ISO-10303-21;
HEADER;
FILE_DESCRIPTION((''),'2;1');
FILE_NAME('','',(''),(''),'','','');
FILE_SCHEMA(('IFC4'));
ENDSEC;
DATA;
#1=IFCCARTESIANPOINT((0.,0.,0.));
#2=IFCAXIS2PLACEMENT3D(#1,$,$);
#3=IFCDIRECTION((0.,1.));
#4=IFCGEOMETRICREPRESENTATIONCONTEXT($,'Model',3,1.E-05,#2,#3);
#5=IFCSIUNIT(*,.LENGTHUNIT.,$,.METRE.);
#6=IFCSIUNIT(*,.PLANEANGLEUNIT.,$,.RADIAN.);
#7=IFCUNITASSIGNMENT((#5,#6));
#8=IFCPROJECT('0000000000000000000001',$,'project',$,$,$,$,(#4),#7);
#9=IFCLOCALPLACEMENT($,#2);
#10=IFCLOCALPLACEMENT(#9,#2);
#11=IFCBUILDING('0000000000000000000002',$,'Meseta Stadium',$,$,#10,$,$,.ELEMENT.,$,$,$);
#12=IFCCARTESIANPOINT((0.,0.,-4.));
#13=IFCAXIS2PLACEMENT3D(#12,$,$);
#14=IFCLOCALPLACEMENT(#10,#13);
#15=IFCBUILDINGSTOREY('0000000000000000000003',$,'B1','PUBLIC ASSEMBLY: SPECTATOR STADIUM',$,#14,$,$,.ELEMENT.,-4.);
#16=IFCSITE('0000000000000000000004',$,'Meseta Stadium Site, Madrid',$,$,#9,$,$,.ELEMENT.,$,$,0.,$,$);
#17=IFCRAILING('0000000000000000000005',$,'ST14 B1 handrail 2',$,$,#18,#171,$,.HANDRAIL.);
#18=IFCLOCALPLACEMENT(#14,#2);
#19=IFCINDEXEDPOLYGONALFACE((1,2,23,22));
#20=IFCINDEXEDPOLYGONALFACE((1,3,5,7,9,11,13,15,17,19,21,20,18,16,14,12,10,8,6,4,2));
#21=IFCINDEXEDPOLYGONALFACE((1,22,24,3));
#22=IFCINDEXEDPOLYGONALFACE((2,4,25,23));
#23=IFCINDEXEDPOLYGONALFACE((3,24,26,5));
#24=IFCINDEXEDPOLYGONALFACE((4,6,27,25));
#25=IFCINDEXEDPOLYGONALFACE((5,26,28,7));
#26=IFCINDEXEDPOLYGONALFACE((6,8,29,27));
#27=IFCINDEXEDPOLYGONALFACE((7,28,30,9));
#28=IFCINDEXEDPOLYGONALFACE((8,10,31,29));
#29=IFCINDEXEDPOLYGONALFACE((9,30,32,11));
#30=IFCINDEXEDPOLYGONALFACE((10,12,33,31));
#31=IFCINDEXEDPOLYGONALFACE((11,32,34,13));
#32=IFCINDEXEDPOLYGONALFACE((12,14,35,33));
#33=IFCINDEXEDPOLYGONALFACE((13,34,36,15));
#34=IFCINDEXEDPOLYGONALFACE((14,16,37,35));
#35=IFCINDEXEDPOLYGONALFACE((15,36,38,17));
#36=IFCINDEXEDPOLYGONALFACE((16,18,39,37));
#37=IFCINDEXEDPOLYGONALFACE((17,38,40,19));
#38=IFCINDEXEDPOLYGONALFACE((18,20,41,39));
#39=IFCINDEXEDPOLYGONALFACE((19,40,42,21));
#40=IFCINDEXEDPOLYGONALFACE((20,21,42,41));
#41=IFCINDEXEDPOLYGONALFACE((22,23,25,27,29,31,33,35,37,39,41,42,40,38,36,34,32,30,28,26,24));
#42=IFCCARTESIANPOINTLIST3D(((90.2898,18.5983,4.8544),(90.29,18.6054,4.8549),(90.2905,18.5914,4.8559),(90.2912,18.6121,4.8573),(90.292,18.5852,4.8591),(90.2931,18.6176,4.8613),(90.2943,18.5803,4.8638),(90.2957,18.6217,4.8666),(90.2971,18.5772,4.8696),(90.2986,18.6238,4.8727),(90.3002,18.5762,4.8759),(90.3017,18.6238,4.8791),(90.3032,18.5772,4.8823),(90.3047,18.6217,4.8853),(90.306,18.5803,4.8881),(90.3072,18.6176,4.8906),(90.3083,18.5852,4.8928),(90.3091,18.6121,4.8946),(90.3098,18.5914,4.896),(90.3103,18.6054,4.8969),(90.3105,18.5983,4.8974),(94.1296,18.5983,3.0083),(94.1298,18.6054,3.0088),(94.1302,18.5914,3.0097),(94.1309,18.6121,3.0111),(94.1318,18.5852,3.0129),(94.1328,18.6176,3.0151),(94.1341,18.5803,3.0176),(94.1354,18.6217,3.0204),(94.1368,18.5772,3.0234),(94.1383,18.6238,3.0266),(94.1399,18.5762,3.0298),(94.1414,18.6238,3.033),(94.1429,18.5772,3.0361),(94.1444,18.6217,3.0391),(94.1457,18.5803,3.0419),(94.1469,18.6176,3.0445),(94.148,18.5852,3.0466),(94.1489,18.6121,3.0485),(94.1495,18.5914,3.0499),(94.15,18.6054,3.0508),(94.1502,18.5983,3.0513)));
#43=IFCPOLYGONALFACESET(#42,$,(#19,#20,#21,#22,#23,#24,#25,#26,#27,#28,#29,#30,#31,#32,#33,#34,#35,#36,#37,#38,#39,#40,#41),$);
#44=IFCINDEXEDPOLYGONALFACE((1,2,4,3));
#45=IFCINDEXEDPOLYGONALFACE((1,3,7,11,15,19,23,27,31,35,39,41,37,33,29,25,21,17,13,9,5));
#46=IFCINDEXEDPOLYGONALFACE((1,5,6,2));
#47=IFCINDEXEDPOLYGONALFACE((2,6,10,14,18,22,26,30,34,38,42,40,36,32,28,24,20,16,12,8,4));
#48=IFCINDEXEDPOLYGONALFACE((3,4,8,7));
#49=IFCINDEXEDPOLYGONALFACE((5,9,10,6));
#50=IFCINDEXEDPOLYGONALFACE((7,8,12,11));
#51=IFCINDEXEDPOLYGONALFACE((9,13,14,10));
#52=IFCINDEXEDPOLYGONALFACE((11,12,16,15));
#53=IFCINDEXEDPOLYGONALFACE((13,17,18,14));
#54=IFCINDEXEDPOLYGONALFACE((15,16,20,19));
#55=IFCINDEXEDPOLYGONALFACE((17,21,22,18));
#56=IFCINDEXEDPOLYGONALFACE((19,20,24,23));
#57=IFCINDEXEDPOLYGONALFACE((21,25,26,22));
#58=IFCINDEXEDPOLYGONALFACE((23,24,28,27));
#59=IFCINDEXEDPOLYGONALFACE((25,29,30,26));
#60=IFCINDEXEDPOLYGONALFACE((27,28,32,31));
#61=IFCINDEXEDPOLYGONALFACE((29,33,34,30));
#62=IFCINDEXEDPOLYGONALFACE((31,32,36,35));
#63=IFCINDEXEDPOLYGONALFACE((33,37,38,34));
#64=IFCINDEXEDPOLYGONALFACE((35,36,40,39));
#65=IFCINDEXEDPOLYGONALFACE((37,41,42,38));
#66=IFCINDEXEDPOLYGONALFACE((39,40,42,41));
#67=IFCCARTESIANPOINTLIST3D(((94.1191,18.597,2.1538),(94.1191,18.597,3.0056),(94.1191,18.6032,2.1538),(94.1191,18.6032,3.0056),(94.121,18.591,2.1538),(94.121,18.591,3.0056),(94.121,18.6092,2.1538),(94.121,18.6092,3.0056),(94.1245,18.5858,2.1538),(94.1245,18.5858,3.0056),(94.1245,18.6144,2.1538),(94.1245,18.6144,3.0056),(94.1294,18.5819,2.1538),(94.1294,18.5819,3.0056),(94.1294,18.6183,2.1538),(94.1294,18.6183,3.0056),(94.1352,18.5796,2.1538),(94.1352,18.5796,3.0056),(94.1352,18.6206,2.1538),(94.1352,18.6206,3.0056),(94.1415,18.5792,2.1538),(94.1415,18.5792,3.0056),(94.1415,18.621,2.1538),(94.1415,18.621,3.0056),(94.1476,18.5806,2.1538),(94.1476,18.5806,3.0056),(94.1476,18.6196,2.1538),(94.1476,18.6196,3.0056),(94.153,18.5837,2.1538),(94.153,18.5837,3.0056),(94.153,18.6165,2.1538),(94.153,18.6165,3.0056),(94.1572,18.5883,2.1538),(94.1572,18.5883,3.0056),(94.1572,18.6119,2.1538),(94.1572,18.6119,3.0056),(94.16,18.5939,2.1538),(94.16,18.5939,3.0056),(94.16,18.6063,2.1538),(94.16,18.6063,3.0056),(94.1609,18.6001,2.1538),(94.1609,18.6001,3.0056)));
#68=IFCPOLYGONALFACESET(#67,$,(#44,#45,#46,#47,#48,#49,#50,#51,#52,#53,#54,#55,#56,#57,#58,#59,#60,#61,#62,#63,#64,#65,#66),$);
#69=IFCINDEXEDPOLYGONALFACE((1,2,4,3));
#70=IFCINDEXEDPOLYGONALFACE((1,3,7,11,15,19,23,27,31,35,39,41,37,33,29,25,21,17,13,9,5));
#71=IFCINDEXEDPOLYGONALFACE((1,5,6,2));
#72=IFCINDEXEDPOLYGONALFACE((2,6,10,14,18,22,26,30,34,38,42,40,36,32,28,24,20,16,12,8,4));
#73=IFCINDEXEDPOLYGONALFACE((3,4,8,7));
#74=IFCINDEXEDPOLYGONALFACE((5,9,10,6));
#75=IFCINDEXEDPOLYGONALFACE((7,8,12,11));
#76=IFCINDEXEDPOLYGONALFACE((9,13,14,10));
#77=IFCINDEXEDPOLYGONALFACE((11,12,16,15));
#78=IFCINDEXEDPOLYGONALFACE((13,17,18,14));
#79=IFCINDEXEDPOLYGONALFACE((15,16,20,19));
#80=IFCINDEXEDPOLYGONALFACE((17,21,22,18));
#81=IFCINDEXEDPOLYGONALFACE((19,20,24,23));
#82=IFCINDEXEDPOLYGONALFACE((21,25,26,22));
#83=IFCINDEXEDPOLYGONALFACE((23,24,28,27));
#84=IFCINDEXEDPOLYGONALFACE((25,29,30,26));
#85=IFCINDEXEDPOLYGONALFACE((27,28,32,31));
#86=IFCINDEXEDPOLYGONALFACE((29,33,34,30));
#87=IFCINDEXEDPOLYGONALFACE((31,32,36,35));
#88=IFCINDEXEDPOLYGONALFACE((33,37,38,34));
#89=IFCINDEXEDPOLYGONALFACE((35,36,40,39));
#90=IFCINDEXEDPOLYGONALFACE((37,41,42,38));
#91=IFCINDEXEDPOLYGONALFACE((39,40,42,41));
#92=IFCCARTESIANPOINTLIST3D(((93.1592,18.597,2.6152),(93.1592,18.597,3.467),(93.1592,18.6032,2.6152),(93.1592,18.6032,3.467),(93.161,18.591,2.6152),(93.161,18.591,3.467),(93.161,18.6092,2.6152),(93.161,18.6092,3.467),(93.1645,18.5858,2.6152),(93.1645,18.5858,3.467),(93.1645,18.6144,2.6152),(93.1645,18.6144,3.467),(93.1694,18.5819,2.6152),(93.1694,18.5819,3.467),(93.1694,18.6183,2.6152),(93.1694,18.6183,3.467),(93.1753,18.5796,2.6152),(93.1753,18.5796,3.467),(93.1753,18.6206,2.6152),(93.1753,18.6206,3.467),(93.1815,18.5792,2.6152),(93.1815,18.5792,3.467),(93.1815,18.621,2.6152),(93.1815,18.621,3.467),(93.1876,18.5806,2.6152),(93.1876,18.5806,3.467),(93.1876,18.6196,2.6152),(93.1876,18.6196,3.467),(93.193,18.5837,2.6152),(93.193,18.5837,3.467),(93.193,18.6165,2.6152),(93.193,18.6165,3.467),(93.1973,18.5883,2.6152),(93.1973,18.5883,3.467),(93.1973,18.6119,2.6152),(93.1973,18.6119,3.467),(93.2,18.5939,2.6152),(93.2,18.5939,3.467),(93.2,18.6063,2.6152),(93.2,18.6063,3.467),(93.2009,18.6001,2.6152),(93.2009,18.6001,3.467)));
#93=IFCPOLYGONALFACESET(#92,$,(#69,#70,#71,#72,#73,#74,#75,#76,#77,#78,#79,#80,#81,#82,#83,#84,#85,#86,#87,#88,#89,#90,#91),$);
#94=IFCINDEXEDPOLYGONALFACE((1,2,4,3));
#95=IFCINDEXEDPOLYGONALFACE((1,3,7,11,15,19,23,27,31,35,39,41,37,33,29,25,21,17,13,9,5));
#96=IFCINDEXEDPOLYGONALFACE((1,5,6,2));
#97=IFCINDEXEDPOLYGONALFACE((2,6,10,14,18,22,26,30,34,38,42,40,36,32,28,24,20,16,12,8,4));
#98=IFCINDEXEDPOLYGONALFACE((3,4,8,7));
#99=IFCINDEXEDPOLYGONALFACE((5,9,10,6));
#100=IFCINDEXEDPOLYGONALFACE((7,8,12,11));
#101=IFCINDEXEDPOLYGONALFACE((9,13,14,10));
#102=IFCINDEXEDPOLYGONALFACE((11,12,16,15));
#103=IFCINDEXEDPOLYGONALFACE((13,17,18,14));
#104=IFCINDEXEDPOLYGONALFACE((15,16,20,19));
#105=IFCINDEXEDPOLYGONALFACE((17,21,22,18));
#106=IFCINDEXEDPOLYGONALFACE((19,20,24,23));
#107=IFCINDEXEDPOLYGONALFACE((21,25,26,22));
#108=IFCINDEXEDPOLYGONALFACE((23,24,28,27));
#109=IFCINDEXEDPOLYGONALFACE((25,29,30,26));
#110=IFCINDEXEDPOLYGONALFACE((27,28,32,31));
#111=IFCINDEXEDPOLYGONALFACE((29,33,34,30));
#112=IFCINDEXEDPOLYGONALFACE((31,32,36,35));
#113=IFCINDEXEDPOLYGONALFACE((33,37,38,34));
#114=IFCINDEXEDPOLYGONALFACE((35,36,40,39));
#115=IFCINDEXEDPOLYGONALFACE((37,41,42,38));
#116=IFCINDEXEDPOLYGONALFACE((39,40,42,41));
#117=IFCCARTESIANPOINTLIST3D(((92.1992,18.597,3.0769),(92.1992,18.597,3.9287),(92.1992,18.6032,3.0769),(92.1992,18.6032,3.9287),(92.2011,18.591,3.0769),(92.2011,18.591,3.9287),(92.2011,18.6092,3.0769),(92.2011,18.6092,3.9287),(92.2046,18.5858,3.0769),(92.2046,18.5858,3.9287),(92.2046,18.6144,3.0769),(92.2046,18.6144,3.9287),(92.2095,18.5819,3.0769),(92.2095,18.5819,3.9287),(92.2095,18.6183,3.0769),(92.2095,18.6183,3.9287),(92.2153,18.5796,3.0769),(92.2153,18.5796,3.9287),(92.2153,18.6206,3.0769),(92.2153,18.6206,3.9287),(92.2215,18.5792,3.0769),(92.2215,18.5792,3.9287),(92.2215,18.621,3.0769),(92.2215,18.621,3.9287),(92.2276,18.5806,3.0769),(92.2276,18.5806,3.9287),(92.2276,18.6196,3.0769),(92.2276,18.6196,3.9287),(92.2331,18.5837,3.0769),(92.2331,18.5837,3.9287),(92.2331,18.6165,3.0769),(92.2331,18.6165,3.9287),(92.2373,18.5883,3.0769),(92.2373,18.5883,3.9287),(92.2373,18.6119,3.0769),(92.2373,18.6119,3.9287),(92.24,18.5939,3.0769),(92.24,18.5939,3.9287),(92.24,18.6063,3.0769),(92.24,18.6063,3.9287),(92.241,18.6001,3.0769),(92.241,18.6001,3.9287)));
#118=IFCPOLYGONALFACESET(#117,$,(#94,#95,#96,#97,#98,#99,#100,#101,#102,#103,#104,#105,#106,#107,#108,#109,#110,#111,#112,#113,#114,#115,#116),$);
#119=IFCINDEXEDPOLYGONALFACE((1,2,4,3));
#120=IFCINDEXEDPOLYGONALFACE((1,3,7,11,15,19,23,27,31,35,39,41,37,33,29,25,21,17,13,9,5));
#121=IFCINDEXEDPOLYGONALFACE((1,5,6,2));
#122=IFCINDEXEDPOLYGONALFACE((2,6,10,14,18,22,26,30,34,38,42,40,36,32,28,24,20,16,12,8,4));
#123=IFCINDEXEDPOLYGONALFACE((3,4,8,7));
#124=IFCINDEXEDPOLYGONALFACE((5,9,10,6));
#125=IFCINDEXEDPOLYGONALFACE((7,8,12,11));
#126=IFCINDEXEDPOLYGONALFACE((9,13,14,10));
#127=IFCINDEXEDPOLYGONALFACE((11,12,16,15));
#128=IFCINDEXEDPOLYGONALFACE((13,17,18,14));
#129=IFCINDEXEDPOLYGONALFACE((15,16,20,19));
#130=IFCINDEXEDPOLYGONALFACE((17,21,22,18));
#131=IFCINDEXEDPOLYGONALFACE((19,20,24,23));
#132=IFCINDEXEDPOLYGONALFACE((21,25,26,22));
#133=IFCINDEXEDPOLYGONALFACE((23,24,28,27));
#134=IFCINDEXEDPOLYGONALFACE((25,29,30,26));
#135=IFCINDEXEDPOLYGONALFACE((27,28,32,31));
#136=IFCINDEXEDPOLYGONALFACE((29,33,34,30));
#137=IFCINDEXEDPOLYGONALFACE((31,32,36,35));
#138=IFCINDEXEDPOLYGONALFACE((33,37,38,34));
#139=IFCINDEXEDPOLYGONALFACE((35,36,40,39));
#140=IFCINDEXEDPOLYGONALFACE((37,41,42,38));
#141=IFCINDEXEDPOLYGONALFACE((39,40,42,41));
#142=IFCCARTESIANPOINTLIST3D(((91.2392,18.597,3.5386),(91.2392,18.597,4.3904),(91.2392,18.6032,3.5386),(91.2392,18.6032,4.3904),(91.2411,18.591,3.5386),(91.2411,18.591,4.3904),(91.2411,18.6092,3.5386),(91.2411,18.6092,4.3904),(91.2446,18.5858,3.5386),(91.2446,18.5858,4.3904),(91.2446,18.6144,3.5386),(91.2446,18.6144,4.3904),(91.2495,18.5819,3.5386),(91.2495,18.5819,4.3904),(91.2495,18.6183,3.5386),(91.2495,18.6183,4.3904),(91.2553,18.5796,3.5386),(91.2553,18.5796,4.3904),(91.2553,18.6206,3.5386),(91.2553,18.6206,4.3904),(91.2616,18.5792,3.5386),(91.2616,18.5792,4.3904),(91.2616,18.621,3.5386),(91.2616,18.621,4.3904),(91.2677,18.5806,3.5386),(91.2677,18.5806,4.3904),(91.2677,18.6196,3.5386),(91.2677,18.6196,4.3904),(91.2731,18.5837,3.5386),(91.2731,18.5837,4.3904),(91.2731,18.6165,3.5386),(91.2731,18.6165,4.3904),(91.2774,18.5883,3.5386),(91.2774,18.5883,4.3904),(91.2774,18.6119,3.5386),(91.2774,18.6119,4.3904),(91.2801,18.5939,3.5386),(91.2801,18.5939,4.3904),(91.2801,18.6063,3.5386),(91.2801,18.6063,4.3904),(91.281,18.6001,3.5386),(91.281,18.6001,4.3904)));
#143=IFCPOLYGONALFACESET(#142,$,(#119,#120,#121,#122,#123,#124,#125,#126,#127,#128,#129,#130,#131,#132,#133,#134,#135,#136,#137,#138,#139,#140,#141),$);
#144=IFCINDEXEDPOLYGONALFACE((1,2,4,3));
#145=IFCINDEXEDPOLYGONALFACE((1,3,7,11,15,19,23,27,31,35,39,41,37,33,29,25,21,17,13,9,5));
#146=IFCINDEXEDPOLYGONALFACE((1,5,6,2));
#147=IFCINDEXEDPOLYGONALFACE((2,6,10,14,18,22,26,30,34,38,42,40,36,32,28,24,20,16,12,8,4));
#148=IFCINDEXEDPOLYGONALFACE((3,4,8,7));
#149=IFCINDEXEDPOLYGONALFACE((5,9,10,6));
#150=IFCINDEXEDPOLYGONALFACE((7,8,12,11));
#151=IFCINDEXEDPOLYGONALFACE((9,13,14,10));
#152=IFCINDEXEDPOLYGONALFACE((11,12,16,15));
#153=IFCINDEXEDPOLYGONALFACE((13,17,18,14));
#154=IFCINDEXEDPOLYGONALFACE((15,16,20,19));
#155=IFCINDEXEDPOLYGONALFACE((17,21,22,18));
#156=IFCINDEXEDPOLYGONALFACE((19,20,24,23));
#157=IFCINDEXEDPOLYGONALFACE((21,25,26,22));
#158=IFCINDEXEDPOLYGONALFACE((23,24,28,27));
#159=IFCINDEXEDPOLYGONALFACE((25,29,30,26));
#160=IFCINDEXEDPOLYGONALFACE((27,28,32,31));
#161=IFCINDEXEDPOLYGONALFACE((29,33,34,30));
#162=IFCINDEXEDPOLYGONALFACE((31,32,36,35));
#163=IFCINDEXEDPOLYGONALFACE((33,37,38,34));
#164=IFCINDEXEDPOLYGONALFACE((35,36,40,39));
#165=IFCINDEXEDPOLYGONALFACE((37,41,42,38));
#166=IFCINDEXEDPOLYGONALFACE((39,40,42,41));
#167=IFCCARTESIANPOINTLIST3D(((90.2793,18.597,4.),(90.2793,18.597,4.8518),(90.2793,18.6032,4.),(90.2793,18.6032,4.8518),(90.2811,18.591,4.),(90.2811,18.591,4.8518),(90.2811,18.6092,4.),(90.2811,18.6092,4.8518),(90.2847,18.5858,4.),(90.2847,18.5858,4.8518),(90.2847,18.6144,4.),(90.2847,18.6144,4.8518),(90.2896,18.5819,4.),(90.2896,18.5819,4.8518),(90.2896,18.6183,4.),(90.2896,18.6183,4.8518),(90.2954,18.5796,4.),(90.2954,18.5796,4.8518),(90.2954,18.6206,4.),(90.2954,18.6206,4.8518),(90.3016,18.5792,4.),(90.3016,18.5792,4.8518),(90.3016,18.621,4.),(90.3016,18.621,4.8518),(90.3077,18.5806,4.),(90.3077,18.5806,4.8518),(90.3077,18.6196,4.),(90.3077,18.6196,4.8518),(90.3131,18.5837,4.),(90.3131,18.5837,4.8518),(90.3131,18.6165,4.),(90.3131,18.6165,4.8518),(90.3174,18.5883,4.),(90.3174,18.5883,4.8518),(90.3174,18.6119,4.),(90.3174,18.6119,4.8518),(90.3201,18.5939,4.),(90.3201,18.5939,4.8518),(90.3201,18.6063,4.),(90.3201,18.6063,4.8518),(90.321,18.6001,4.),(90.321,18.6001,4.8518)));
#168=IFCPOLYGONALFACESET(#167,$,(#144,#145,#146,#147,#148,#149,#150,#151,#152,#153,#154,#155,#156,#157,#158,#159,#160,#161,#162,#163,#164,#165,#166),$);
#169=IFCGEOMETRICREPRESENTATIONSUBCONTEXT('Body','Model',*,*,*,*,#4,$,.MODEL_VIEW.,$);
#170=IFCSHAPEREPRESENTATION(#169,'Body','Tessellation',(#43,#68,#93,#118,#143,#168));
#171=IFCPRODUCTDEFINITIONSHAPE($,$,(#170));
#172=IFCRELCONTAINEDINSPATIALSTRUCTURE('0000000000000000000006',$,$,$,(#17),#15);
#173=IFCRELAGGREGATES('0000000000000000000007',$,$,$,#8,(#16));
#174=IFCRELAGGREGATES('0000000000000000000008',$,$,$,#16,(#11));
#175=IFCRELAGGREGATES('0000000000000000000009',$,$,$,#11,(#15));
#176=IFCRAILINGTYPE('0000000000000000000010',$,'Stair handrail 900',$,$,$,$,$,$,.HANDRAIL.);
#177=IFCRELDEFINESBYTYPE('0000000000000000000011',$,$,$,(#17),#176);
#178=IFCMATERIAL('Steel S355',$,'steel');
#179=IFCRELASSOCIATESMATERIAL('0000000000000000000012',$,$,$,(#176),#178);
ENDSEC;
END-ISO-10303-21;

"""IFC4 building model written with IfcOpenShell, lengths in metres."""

from ifc_helpers import new_model, si_unit, direction, frame, origin, origin_2d, place, context, subcontext, project, spatial, circle, extrude, material, type_object, element, save


model = new_model("IFC4")

# Units and contexts
model_context = context("Model", 3, precision=1e-05, world=origin(), true_north=direction((0.0, 1.0)))
body_context = subcontext(model_context, "Body", "Model", "MODEL_VIEW")
ifc_project = project(units=[si_unit("LENGTHUNIT", "METRE"), si_unit("PLANEANGLEUNIT", "RADIAN")], contexts=[model_context])

# Site, building, storey
site_placement = place(None, origin())
site = spatial("IfcSite", under=ifc_project, at=site_placement, Name="Meseta Stadium Site, Madrid", CompositionType="ELEMENT", RefElevation=0.0)
building_placement = place(site_placement, origin())
building = spatial("IfcBuilding", under=site, at=building_placement, Name="Meseta Stadium", CompositionType="ELEMENT")
storey_placement = place(building_placement, frame((0.0, 0.0, -4.0)))
storey = spatial("IfcBuildingStorey", under=building, at=storey_placement, Name="B1", Description="PUBLIC ASSEMBLY: SPECTATOR STADIUM", CompositionType="ELEMENT", Elevation=-4.0)

# Railing
ifc_material_1 = material(Name="Steel S355", Category="steel")
railing_type_1 = type_object("IfcRailingType", Name="Stair handrail 900", PredefinedType="HANDRAIL", material=ifc_material_1)
for number, where, name in (
    (1, (94.1399, 18.6001, 2.1538), "ST14 B1 handrail 2"),
):
    element("IfcRailing", number, at=place(storey_placement, frame(where)), inside=storey, type_object=railing_type_1, Name=name, PredefinedType="HANDRAIL", context=body_context, shape_type="SweptSolid", body=[
        extrude(circle(Radius=0.0239, at=origin_2d()), frame((0.0, 0.0, 0.876), z_axis=(-0.901242, 0.0, 0.433316), x_axis=(0.0, -1.0, 0.0)), (0.0, 0.0, 1.0), 4.2605),
        extrude(circle(Radius=0.021, at=origin_2d()), origin(), (0.0, 0.0, 1.0), 0.8518),
        extrude(circle(Radius=0.021, at=origin_2d()), frame((-0.96, 0.0, 0.4614)), (0.0, 0.0, 1.0), 0.8518),
        extrude(circle(Radius=0.021, at=origin_2d()), frame((-1.9199, 0.0, 0.9231)), (0.0, 0.0, 1.0), 0.8518),
        extrude(circle(Radius=0.021, at=origin_2d()), frame((-2.8799, 0.0, 1.3848)), (0.0, 0.0, 1.0), 0.8518),
        extrude(circle(Radius=0.021, at=origin_2d()), frame((-3.8398, 0.0, 1.8462)), (0.0, 0.0, 1.0), 0.8518),
    ])

save(model, "model.ifc")
